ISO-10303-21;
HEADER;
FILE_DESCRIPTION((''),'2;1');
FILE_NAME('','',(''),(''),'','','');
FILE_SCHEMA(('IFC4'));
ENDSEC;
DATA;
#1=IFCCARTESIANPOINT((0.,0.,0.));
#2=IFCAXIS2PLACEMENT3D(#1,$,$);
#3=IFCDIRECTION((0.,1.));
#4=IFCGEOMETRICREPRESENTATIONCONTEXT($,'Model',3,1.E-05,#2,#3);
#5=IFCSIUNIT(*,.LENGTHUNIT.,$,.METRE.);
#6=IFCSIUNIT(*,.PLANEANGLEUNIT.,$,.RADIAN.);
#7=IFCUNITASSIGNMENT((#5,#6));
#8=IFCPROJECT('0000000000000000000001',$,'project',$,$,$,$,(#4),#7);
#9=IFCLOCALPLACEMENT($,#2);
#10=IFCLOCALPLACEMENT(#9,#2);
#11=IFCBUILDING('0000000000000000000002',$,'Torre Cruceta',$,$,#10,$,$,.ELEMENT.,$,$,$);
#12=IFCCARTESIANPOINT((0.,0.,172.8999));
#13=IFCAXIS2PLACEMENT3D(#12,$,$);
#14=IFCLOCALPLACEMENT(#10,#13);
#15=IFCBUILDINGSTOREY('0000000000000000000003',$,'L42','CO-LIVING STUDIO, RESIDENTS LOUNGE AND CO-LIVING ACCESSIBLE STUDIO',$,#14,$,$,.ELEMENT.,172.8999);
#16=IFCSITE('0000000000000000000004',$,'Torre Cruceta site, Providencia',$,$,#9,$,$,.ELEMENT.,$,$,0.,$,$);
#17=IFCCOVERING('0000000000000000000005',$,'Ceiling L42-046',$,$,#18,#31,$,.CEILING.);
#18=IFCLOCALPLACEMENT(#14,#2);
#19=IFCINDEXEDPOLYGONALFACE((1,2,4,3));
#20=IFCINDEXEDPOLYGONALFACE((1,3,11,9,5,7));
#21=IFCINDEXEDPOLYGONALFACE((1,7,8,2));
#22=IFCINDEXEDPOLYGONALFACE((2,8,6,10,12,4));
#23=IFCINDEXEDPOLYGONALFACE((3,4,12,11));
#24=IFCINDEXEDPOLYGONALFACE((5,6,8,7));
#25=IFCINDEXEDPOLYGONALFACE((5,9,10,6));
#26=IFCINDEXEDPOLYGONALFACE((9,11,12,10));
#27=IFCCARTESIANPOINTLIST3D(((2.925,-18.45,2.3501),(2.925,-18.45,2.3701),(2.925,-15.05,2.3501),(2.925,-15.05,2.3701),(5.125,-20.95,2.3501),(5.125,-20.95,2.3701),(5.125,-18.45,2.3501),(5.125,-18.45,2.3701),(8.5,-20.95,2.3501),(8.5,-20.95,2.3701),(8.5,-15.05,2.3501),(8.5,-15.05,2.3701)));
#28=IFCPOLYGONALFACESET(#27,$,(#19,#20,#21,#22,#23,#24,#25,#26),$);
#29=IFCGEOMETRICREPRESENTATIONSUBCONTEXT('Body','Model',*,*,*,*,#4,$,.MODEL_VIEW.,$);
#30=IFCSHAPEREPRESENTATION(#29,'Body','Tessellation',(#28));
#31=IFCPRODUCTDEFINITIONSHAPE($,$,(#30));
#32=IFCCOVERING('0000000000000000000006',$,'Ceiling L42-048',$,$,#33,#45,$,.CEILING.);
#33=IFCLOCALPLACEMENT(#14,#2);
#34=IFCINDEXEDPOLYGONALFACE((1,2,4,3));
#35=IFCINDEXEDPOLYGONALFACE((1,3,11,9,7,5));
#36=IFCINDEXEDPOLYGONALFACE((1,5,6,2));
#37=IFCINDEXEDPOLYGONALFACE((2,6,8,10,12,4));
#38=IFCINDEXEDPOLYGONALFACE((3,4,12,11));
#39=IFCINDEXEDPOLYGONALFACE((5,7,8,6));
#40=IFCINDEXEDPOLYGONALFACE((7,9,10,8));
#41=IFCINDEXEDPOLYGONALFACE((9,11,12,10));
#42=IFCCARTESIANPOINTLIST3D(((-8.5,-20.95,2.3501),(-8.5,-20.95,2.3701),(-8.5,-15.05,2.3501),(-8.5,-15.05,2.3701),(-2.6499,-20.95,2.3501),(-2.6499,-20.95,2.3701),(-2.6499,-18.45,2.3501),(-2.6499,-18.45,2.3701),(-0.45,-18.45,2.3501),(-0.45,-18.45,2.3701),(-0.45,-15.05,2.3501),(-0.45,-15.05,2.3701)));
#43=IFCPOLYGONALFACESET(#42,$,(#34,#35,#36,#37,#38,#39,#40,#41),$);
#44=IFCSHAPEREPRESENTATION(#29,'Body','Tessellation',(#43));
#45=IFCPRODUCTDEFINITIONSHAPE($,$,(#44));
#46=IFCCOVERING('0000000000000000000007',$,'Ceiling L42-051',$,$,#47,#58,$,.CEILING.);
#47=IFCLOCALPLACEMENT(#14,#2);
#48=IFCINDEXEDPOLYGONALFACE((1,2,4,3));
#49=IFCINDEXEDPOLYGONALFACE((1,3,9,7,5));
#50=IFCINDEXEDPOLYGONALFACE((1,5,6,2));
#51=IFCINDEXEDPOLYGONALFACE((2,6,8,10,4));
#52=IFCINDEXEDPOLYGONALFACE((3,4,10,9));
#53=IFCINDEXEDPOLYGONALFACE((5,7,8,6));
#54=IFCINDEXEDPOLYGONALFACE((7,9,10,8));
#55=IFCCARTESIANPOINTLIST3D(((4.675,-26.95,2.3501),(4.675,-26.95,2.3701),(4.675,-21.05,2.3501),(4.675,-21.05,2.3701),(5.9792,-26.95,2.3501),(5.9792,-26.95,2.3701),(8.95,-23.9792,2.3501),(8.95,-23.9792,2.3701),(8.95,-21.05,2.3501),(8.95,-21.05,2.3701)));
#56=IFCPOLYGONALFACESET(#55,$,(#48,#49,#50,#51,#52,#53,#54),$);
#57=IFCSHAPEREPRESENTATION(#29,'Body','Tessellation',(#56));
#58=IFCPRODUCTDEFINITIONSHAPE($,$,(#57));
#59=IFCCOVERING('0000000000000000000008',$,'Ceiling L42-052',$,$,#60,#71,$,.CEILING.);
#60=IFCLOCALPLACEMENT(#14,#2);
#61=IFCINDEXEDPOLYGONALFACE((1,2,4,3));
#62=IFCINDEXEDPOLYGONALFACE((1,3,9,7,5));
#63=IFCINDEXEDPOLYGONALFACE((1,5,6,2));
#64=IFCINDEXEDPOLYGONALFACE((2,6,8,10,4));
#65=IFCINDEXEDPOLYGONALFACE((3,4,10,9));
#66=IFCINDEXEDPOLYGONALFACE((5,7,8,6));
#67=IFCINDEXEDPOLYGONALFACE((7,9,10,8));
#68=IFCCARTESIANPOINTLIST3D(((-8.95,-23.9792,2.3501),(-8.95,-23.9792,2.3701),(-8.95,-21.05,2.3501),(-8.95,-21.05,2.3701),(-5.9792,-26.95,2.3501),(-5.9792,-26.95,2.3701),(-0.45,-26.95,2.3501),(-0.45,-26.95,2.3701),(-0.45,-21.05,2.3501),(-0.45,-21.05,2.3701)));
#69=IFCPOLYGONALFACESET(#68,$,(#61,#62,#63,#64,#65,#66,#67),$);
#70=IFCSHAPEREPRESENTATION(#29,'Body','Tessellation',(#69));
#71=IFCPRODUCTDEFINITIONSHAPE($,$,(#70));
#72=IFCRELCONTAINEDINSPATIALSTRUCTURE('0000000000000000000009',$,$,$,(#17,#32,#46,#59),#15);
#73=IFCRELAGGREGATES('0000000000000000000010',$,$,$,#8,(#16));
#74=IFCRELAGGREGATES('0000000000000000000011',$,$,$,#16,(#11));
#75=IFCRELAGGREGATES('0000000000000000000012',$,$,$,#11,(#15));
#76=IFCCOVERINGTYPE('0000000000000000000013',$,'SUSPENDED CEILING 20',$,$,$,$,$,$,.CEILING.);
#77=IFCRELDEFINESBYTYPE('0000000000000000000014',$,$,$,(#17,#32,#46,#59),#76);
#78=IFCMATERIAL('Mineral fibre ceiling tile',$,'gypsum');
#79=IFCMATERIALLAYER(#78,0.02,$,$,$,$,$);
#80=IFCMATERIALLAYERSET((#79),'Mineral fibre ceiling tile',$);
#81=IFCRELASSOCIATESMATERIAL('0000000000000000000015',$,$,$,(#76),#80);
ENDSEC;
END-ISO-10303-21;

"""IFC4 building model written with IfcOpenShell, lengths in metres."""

from ifc_helpers import new_model, si_unit, direction, frame, origin, place, context, subcontext, project, spatial, polyline, outline, extrude, material, layer, layer_set, type_object, element, save


model = new_model("IFC4")

# Units and contexts
model_context = context("Model", 3, precision=1e-05, world=origin(), true_north=direction((0.0, 1.0)))
body_context = subcontext(model_context, "Body", "Model", "MODEL_VIEW")
ifc_project = project(units=[si_unit("LENGTHUNIT", "METRE"), si_unit("PLANEANGLEUNIT", "RADIAN")], contexts=[model_context])

# Site, building, storey
site_placement = place(None, origin())
site = spatial("IfcSite", under=ifc_project, at=site_placement, Name="Torre Cruceta site, Providencia", CompositionType="ELEMENT", RefElevation=0.0)
building_placement = place(site_placement, origin())
building = spatial("IfcBuilding", under=site, at=building_placement, Name="Torre Cruceta", CompositionType="ELEMENT")
storey_placement = place(building_placement, frame((0.0, 0.0, 172.8999)))
storey = spatial("IfcBuildingStorey", under=building, at=storey_placement, Name="L42", Description="CO-LIVING STUDIO, RESIDENTS LOUNGE AND CO-LIVING ACCESSIBLE STUDIO", CompositionType="ELEMENT", Elevation=172.8999)

# Coverings
ifc_material_1 = material(Name="Mineral fibre ceiling tile", Category="gypsum")
ifc_layer_1 = layer(ifc_material_1, 0.02)
ifc_layer_set_1 = layer_set([ifc_layer_1], Name="Mineral fibre ceiling tile")
covering_type = type_object("IfcCoveringType", Name="SUSPENDED CEILING 20", PredefinedType="CEILING", material=ifc_layer_set_1)
covering_1_placement = place(storey_placement, frame((0.0, 0.0, 2.3501)))
element("IfcCovering", 1, at=covering_1_placement, inside=storey, type_object=covering_type, Name="Ceiling L42-046", PredefinedType="CEILING", context=body_context, shape_type="SweptSolid", body=[
    extrude(outline(polyline([(2.925, -15.05), (8.5, -15.05), (8.5, -20.95), (5.125, -20.95), (5.125, -18.45), (2.925, -18.45), (2.925, -15.05)])), origin(), (0.0, 0.0, 1.0), 0.02),
])
covering_2_placement = place(storey_placement, frame((0.0, 0.0, 2.3501)))
element("IfcCovering", 2, at=covering_2_placement, inside=storey, type_object=covering_type, Name="Ceiling L42-048", PredefinedType="CEILING", context=body_context, shape_type="SweptSolid", body=[
    extrude(outline(polyline([(-8.5, -20.95), (-8.5, -15.05), (-0.45, -15.05), (-0.45, -18.45), (-2.6499, -18.45), (-2.6499, -20.95), (-8.5, -20.95)])), origin(), (0.0, 0.0, 1.0), 0.02),
])
covering_3_placement = place(storey_placement, frame((0.0, 0.0, 2.3501)))
element("IfcCovering", 3, at=covering_3_placement, inside=storey, type_object=covering_type, Name="Ceiling L42-051", PredefinedType="CEILING", context=body_context, shape_type="SweptSolid", body=[
    extrude(outline(polyline([(8.95, -23.9792), (5.9792, -26.95), (4.675, -26.95), (4.675, -21.05), (8.95, -21.05), (8.95, -23.9792)])), origin(), (0.0, 0.0, 1.0), 0.02),
])
covering_4_placement = place(storey_placement, frame((0.0, 0.0, 2.3501)))
element("IfcCovering", 4, at=covering_4_placement, inside=storey, type_object=covering_type, Name="Ceiling L42-052", PredefinedType="CEILING", context=body_context, shape_type="SweptSolid", body=[
    extrude(outline(polyline([(-8.95, -23.9792), (-8.95, -21.05), (-0.45, -21.05), (-0.45, -26.95), (-5.9792, -26.95), (-8.95, -23.9792)])), origin(), (0.0, 0.0, 1.0), 0.02),
])

save(model, "model.ifc")
